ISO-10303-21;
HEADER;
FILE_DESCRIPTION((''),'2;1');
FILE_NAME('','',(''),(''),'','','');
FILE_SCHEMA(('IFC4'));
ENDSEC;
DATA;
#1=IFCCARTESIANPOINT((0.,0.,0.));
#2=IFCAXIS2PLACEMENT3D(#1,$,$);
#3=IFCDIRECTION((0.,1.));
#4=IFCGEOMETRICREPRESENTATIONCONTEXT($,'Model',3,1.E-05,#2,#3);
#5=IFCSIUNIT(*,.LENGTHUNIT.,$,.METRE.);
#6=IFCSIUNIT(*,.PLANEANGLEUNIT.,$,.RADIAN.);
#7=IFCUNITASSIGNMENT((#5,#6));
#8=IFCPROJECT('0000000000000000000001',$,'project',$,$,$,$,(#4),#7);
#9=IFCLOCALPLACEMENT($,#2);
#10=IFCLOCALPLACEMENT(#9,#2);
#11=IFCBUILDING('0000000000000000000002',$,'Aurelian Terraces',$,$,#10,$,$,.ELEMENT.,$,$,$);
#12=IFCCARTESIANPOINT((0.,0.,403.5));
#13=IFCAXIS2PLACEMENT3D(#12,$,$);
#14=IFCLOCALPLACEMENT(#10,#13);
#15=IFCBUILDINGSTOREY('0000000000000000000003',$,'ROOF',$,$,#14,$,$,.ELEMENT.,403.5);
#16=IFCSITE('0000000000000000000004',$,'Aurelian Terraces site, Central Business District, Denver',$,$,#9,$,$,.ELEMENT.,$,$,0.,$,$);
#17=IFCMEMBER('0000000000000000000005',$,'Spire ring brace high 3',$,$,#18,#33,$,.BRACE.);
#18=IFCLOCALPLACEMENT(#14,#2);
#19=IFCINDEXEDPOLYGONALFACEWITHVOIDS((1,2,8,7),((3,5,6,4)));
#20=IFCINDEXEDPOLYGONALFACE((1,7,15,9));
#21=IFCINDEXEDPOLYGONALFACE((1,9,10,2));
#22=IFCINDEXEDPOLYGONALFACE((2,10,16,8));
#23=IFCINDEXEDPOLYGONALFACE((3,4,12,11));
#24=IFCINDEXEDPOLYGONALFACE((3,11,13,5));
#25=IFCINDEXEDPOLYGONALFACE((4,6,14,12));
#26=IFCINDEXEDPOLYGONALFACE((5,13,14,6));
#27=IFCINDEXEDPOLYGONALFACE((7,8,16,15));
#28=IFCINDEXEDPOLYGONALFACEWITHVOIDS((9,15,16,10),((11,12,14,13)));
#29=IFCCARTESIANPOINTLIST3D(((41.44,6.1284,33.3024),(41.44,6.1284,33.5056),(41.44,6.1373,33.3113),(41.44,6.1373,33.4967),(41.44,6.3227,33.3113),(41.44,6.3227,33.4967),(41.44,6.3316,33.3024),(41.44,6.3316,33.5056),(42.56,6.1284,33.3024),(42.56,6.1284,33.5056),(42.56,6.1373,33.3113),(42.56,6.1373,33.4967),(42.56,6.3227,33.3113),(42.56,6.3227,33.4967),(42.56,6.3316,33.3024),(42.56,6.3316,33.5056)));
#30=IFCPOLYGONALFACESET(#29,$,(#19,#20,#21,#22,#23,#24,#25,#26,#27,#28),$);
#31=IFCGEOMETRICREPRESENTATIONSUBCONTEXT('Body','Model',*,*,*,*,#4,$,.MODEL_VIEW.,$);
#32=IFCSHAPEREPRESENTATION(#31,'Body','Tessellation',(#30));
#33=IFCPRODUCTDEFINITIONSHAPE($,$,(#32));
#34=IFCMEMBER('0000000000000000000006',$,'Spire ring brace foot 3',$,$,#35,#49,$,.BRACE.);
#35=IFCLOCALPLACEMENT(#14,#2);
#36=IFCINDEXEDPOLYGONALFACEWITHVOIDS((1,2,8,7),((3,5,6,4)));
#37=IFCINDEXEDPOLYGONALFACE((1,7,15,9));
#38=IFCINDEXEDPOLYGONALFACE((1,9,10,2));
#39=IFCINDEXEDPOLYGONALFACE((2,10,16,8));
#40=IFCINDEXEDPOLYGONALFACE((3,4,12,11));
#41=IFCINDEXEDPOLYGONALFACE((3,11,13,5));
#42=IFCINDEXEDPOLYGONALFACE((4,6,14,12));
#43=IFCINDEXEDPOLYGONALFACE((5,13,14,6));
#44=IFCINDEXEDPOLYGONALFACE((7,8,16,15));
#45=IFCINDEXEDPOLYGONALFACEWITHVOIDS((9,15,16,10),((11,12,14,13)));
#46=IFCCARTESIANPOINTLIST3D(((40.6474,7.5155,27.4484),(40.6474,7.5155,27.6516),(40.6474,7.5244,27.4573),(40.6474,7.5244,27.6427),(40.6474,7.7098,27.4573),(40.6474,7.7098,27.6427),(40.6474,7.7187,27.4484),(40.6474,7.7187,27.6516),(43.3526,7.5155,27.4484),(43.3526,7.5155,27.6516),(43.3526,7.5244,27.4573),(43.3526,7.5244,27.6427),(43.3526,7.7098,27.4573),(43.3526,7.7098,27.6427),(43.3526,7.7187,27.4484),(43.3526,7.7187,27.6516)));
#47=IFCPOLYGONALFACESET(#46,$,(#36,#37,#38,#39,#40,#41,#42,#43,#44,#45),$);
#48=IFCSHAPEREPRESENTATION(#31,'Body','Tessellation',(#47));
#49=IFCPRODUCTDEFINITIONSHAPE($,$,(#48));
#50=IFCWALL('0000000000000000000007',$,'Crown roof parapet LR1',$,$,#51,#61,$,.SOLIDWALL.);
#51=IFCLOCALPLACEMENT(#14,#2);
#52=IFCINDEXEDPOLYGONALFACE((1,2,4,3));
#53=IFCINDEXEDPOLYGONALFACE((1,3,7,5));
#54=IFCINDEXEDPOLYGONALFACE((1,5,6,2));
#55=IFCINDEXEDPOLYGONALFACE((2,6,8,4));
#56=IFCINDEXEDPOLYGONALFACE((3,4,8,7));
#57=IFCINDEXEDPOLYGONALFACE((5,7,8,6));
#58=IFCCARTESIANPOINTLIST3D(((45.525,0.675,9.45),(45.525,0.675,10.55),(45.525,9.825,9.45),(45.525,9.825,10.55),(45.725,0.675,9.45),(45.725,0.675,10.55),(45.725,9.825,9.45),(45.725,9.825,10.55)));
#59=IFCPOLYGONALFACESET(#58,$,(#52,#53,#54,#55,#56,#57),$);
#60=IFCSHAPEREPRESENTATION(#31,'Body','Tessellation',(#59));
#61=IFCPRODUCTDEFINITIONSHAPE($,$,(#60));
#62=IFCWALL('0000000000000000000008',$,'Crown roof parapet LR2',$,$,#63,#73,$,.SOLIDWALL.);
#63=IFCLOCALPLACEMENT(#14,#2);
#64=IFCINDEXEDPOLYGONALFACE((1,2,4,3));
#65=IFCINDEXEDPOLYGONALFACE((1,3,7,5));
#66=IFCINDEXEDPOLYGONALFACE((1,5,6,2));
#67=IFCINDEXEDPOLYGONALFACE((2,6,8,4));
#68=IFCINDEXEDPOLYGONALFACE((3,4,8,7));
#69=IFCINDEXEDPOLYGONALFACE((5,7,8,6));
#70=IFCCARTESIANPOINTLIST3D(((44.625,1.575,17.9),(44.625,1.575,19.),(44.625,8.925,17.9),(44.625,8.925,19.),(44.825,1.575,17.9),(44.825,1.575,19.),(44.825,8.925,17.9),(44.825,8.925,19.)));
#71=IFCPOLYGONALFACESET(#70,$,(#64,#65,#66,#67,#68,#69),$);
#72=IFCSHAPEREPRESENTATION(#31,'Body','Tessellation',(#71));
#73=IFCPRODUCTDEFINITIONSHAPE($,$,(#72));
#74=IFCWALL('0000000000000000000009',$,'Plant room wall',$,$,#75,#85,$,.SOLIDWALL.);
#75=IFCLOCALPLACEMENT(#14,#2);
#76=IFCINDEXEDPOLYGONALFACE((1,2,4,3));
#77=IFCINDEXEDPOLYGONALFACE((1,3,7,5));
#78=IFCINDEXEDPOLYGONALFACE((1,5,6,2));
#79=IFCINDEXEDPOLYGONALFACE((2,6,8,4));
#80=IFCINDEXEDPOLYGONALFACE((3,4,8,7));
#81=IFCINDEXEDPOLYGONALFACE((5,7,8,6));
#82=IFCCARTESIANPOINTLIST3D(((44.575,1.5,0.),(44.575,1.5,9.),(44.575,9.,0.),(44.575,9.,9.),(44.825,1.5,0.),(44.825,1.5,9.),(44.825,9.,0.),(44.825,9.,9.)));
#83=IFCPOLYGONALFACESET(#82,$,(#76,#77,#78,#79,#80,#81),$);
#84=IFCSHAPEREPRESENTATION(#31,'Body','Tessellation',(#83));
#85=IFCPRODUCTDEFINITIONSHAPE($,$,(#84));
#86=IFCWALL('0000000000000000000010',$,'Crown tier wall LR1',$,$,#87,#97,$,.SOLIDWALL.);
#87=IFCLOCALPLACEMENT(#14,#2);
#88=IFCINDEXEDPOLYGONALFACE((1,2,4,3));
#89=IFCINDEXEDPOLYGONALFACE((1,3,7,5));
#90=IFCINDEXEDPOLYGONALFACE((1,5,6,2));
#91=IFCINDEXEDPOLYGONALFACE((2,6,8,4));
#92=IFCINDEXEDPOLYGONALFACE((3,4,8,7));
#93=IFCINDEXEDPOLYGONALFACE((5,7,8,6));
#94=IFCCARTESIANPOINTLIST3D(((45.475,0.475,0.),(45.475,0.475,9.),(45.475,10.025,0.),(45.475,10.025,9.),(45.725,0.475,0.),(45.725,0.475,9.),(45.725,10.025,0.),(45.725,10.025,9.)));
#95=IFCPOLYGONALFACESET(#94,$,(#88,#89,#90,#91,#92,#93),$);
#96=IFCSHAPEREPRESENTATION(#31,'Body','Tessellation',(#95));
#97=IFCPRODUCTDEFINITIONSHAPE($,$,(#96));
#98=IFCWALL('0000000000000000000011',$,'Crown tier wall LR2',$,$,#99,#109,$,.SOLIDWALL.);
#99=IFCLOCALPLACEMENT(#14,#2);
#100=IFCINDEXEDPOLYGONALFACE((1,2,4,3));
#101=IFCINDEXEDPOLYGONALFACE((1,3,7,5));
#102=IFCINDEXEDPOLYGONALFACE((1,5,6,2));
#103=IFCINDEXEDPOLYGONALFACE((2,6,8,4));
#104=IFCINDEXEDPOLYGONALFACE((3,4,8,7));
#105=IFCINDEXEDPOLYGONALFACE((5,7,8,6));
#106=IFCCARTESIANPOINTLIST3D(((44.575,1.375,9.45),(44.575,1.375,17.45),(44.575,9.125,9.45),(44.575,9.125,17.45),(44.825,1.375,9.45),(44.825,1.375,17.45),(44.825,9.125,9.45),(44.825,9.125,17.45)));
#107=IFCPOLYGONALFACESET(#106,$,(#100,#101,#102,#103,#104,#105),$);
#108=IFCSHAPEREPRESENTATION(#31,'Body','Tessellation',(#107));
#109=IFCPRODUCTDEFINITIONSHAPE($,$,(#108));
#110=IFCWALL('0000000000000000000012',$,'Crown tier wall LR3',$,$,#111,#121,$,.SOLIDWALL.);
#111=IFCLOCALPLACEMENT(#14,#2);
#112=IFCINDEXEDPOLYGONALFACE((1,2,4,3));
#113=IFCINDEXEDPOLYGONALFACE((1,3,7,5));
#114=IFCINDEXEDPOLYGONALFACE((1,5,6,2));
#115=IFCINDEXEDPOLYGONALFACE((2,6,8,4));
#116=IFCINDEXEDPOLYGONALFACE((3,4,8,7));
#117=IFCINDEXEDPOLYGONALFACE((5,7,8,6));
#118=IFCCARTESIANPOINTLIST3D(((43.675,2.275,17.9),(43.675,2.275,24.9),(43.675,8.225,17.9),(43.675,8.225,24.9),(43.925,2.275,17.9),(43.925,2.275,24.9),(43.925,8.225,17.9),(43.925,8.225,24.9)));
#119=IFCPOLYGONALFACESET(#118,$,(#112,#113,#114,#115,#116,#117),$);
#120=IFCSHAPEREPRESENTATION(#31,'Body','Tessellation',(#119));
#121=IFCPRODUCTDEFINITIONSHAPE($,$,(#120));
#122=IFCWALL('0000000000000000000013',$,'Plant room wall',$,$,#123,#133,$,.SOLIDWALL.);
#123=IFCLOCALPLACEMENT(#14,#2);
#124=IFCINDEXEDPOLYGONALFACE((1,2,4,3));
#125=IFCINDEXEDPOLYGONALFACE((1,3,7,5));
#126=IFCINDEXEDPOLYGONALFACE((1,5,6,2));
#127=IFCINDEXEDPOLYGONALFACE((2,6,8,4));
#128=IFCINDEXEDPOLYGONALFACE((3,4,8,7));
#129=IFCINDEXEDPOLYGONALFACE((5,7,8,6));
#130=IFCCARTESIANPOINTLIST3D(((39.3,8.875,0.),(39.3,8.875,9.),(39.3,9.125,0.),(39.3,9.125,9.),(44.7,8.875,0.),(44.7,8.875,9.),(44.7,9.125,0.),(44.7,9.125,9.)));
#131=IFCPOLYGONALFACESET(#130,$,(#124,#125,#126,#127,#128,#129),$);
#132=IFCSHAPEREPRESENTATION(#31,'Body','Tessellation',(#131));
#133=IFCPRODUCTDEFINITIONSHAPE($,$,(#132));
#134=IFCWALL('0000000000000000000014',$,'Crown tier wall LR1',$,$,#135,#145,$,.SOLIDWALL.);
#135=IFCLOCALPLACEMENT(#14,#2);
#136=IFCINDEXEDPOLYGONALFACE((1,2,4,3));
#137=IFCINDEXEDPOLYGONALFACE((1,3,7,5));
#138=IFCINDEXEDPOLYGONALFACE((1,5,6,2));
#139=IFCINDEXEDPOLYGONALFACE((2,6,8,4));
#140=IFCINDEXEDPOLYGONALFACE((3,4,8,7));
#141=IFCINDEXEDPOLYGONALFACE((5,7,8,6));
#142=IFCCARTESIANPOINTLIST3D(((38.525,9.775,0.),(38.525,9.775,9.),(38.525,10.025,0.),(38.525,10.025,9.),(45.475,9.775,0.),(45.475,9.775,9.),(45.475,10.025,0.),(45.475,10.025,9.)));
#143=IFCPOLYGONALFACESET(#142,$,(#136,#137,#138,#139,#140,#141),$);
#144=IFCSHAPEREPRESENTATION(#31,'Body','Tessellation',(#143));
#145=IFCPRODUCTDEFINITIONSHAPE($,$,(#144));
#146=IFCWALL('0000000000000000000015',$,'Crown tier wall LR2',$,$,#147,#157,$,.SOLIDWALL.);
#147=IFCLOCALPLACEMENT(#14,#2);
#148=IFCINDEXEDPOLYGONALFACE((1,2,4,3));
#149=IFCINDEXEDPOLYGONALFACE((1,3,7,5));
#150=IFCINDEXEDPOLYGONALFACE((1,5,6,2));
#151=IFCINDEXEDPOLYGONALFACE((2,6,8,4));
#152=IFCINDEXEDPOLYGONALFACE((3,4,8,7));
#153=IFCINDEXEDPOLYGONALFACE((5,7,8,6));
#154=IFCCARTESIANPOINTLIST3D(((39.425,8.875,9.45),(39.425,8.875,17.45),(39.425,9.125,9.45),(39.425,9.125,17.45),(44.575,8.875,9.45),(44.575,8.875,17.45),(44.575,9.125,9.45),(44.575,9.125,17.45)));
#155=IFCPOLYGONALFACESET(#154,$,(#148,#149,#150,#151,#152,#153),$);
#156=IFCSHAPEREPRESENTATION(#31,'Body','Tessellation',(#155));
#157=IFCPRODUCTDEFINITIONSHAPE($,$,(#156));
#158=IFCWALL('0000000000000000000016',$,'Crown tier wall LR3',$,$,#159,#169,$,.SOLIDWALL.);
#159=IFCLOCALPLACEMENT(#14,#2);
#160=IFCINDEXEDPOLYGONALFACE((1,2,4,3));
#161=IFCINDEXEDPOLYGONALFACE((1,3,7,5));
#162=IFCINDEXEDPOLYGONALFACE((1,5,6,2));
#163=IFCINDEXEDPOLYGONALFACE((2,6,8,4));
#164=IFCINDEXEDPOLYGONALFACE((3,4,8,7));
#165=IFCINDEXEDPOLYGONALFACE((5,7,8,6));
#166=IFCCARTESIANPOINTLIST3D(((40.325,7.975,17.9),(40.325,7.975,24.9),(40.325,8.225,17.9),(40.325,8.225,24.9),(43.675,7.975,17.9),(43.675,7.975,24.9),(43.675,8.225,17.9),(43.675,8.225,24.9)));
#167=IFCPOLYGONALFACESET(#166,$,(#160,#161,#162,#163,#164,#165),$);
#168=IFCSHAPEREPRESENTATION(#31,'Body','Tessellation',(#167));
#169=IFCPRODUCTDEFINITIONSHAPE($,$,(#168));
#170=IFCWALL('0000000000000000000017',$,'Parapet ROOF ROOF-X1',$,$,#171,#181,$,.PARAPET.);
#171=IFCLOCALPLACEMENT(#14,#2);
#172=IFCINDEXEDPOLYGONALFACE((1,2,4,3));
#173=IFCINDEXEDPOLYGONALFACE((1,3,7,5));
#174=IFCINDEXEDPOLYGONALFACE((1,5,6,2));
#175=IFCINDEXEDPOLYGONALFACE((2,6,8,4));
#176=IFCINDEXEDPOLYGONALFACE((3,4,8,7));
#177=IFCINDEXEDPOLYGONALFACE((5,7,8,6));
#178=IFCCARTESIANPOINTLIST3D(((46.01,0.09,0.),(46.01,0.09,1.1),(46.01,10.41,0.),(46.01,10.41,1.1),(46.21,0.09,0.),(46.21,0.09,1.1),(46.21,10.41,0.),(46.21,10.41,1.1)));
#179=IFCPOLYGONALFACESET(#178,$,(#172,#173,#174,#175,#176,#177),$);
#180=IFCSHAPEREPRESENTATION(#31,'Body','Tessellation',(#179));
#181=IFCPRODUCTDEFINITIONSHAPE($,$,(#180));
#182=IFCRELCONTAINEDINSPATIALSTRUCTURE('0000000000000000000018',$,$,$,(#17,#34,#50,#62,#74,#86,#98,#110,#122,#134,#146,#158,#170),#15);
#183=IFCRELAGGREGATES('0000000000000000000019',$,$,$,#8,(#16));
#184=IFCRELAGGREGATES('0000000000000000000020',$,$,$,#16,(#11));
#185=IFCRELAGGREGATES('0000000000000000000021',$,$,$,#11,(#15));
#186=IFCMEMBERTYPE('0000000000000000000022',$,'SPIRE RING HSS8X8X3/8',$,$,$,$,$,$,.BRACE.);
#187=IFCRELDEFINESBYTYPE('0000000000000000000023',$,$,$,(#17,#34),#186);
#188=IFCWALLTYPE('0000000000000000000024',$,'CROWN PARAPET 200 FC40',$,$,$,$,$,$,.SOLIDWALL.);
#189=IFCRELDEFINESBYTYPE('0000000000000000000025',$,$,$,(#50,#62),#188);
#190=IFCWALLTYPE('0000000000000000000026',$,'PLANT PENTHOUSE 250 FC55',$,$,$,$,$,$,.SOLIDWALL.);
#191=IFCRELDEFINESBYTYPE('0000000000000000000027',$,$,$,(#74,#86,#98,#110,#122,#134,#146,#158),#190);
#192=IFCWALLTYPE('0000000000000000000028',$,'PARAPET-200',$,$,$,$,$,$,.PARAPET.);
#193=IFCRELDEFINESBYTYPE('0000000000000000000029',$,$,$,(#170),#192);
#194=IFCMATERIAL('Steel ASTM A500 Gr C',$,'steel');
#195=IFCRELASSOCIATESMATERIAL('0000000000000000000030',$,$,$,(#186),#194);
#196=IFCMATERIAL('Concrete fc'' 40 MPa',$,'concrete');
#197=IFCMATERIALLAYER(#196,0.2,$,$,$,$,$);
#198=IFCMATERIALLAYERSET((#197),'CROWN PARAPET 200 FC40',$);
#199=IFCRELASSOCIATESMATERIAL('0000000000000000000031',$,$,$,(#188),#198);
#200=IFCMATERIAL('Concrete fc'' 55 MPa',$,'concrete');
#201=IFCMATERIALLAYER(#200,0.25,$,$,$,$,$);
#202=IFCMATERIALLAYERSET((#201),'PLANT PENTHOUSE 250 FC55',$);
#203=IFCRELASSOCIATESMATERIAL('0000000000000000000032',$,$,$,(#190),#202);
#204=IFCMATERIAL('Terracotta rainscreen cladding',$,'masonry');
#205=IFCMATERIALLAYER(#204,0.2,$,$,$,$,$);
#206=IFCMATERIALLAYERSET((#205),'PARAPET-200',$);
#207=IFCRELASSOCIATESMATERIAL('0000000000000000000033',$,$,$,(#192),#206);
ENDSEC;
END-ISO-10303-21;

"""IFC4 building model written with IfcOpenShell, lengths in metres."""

from ifc_helpers import new_model, si_unit, direction, frame, frame_2d, origin, origin_2d, place, context, subcontext, project, spatial, rectangle, hollow_rectangle, extrude, source, transform, mapped, material, layer, layer_set, material_profile, profile_set, type_object, element, save


model = new_model("IFC4")

# Units and contexts
model_context = context("Model", 3, precision=1e-05, world=origin(), true_north=direction((0.0, 1.0)))
body_context = subcontext(model_context, "Body", "Model", "MODEL_VIEW")
ifc_project = project(units=[si_unit("LENGTHUNIT", "METRE"), si_unit("PLANEANGLEUNIT", "RADIAN")], contexts=[model_context])

# Site, building, storey
site_placement = place(None, origin())
site = spatial("IfcSite", under=ifc_project, at=site_placement, Name="Aurelian Terraces site, Central Business District, Denver", CompositionType="ELEMENT", RefElevation=0.0)
building_placement = place(site_placement, origin())
building = spatial("IfcBuilding", under=site, at=building_placement, Name="Aurelian Terraces", CompositionType="ELEMENT")
storey_placement = place(building_placement, frame((0.0, 0.0, 403.5)))
storey = spatial("IfcBuildingStorey", under=building, at=storey_placement, Name="ROOF", CompositionType="ELEMENT", Elevation=403.5)

# Members
ifc_material_1 = material(Name="Steel ASTM A500 Gr C", Category="steel")
ifc_material_profile_1 = material_profile(ifc_material_1, hollow_rectangle(XDim=0.2032, YDim=0.2032, WallThickness=0.0089, at=origin_2d()))
ifc_profile_set_1 = profile_set([ifc_material_profile_1], Name="Steel ASTM A500 Gr C")
member_type_1 = type_object("IfcMemberType", Name="SPIRE RING HSS8X8X3/8", PredefinedType="BRACE", material=ifc_profile_set_1)
shared_shape_1 = source(origin(), body_context, "Body", "SweptSolid", [
    extrude(hollow_rectangle(XDim=0.2032, YDim=0.2032, WallThickness=0.0089, at=origin_2d()), origin(), (0.0, 0.0, 1.0), 1.12),
])
member_1_placement = place(storey_placement, frame((42.56, 6.23, 33.404), z_axis=(-1.0, 0.0, 0.0), x_axis=(0.0, -1.0, 0.0)))
element("IfcMember", 1, at=member_1_placement, inside=storey, type_object=member_type_1, Name="Spire ring brace high 3", PredefinedType="BRACE", context=body_context, shape_type="MappedRepresentation", body=[
    mapped(shared_shape_1, transform((0.0, 0.0, 0.0), scale=1.0)),
])
shared_shape_2 = source(origin(), body_context, "Body", "SweptSolid", [
    extrude(hollow_rectangle(XDim=0.2032, YDim=0.2032, WallThickness=0.0089, at=origin_2d()), origin(), (0.0, 0.0, 1.0), 2.7052),
])
member_2_placement = place(storey_placement, frame((43.3526, 7.6171, 27.55), z_axis=(-1.0, 0.0, 0.0), x_axis=(0.0, -1.0, 0.0)))
element("IfcMember", 2, at=member_2_placement, inside=storey, type_object=member_type_1, Name="Spire ring brace foot 3", PredefinedType="BRACE", context=body_context, shape_type="MappedRepresentation", body=[
    mapped(shared_shape_2, transform((0.0, 0.0, 0.0), scale=1.0)),
])

# Walls
ifc_material_2 = material(Name="Concrete fc' 40 MPa", Category="concrete")
ifc_layer_1 = layer(ifc_material_2, 0.2)
ifc_layer_set_1 = layer_set([ifc_layer_1], Name="CROWN PARAPET 200 FC40")
wall_type_1 = type_object("IfcWallType", Name="CROWN PARAPET 200 FC40", PredefinedType="SOLIDWALL", material=ifc_layer_set_1)
wall_1_placement = place(storey_placement, frame((45.625, 0.675, 9.45), z_axis=(0.0, 0.0, 1.0), x_axis=(0.0, 1.0, 0.0)))
element("IfcWall", 3, at=wall_1_placement, inside=storey, type_object=wall_type_1, Name="Crown roof parapet LR1", PredefinedType="SOLIDWALL", context=body_context, shape_type="SweptSolid", body=[
    extrude(rectangle(XDim=9.15, YDim=0.2, at=frame_2d((4.575, 0.0))), origin(), (0.0, 0.0, 1.0), 1.1),
])
wall_2_placement = place(storey_placement, frame((44.725, 1.575, 17.9), z_axis=(0.0, 0.0, 1.0), x_axis=(0.0, 1.0, 0.0)))
element("IfcWall", 4, at=wall_2_placement, inside=storey, type_object=wall_type_1, Name="Crown roof parapet LR2", PredefinedType="SOLIDWALL", context=body_context, shape_type="SweptSolid", body=[
    extrude(rectangle(XDim=7.35, YDim=0.2, at=frame_2d((3.675, 0.0))), origin(), (0.0, 0.0, 1.0), 1.1),
])
ifc_material_3 = material(Name="Concrete fc' 55 MPa", Category="concrete")
ifc_layer_2 = layer(ifc_material_3, 0.25)
ifc_layer_set_2 = layer_set([ifc_layer_2], Name="PLANT PENTHOUSE 250 FC55")
wall_type_2 = type_object("IfcWallType", Name="PLANT PENTHOUSE 250 FC55", PredefinedType="SOLIDWALL", material=ifc_layer_set_2)
wall_3_placement = place(storey_placement, frame((44.7, 1.5, 0.0), z_axis=(0.0, 0.0, 1.0), x_axis=(0.0, 1.0, 0.0)))
element("IfcWall", 5, at=wall_3_placement, inside=storey, type_object=wall_type_2, Name="Plant room wall", PredefinedType="SOLIDWALL", context=body_context, shape_type="SweptSolid", body=[
    extrude(rectangle(XDim=7.5, YDim=0.25, at=frame_2d((3.75, 0.0))), origin(), (0.0, 0.0, 1.0), 9.0),
])
wall_4_placement = place(storey_placement, frame((45.6, 0.475, 0.0), z_axis=(0.0, 0.0, 1.0), x_axis=(0.0, 1.0, 0.0)))
element("IfcWall", 6, at=wall_4_placement, inside=storey, type_object=wall_type_2, Name="Crown tier wall LR1", PredefinedType="SOLIDWALL", context=body_context, shape_type="SweptSolid", body=[
    extrude(rectangle(XDim=9.55, YDim=0.25, at=frame_2d((4.775, 0.0))), origin(), (0.0, 0.0, 1.0), 9.0),
])
wall_5_placement = place(storey_placement, frame((44.7, 1.375, 9.45), z_axis=(0.0, 0.0, 1.0), x_axis=(0.0, 1.0, 0.0)))
element("IfcWall", 7, at=wall_5_placement, inside=storey, type_object=wall_type_2, Name="Crown tier wall LR2", PredefinedType="SOLIDWALL", context=body_context, shape_type="SweptSolid", body=[
    extrude(rectangle(XDim=7.75, YDim=0.25, at=frame_2d((3.875, 0.0))), origin(), (0.0, 0.0, 1.0), 8.0),
])
wall_6_placement = place(storey_placement, frame((43.8, 2.275, 17.9), z_axis=(0.0, 0.0, 1.0), x_axis=(0.0, 1.0, 0.0)))
element("IfcWall", 8, at=wall_6_placement, inside=storey, type_object=wall_type_2, Name="Crown tier wall LR3", PredefinedType="SOLIDWALL", context=body_context, shape_type="SweptSolid", body=[
    extrude(rectangle(XDim=5.95, YDim=0.25, at=frame_2d((2.975, 0.0))), origin(), (0.0, 0.0, 1.0), 7.0),
])
shared_shape_3 = source(origin(), body_context, "Body", "SweptSolid", [
    extrude(rectangle(XDim=5.4, YDim=0.25, at=frame_2d((2.7, 0.0))), origin(), (0.0, 0.0, 1.0), 9.0),
])
wall_7_placement = place(storey_placement, frame((44.7, 9.0, 0.0), z_axis=(0.0, 0.0, 1.0), x_axis=(-1.0, 0.0, 0.0)))
element("IfcWall", 9, at=wall_7_placement, inside=storey, type_object=wall_type_2, Name="Plant room wall", PredefinedType="SOLIDWALL", context=body_context, shape_type="MappedRepresentation", body=[
    mapped(shared_shape_3, transform((0.0, 0.0, 0.0), scale=1.0)),
])
shared_shape_4 = source(origin(), body_context, "Body", "SweptSolid", [
    extrude(rectangle(XDim=6.95, YDim=0.25, at=frame_2d((3.475, 0.0))), origin(), (0.0, 0.0, 1.0), 9.0),
])
wall_8_placement = place(storey_placement, frame((45.475, 9.9, 0.0), z_axis=(0.0, 0.0, 1.0), x_axis=(-1.0, 0.0, 0.0)))
element("IfcWall", 10, at=wall_8_placement, inside=storey, type_object=wall_type_2, Name="Crown tier wall LR1", PredefinedType="SOLIDWALL", context=body_context, shape_type="MappedRepresentation", body=[
    mapped(shared_shape_4, transform((0.0, 0.0, 0.0), scale=1.0)),
])
shared_shape_5 = source(origin(), body_context, "Body", "SweptSolid", [
    extrude(rectangle(XDim=5.15, YDim=0.25, at=frame_2d((2.575, 0.0))), origin(), (0.0, 0.0, 1.0), 8.0),
])
wall_9_placement = place(storey_placement, frame((44.575, 9.0, 9.45), z_axis=(0.0, 0.0, 1.0), x_axis=(-1.0, 0.0, 0.0)))
element("IfcWall", 11, at=wall_9_placement, inside=storey, type_object=wall_type_2, Name="Crown tier wall LR2", PredefinedType="SOLIDWALL", context=body_context, shape_type="MappedRepresentation", body=[
    mapped(shared_shape_5, transform((0.0, 0.0, 0.0), scale=1.0)),
])
shared_shape_6 = source(origin(), body_context, "Body", "SweptSolid", [
    extrude(rectangle(XDim=3.35, YDim=0.25, at=frame_2d((1.675, 0.0))), origin(), (0.0, 0.0, 1.0), 7.0),
])
wall_10_placement = place(storey_placement, frame((43.675, 8.1, 17.9), z_axis=(0.0, 0.0, 1.0), x_axis=(-1.0, 0.0, 0.0)))
element("IfcWall", 12, at=wall_10_placement, inside=storey, type_object=wall_type_2, Name="Crown tier wall LR3", PredefinedType="SOLIDWALL", context=body_context, shape_type="MappedRepresentation", body=[
    mapped(shared_shape_6, transform((0.0, 0.0, 0.0), scale=1.0)),
])
ifc_material_4 = material(Name="Terracotta rainscreen cladding", Category="masonry")
ifc_layer_3 = layer(ifc_material_4, 0.2)
ifc_layer_set_3 = layer_set([ifc_layer_3], Name="PARAPET-200")
wall_type_3 = type_object("IfcWallType", Name="PARAPET-200", PredefinedType="PARAPET", material=ifc_layer_set_3)
shared_shape_7 = source(origin(), body_context, "Body", "SweptSolid", [
    extrude(rectangle(XDim=10.32, YDim=0.2, at=frame_2d((5.16, 0.0))), origin(), (0.0, 0.0, 1.0), 1.1),
])
wall_11_placement = place(storey_placement, frame((46.11, 10.41, 0.0), z_axis=(0.0, 0.0, 1.0), x_axis=(0.0, -1.0, 0.0)))
element("IfcWall", 13, at=wall_11_placement, inside=storey, type_object=wall_type_3, Name="Parapet ROOF ROOF-X1", PredefinedType="PARAPET", context=body_context, shape_type="MappedRepresentation", body=[
    mapped(shared_shape_7, transform((0.0, 0.0, 0.0), scale=1.0)),
])

save(model, "model.ifc")
